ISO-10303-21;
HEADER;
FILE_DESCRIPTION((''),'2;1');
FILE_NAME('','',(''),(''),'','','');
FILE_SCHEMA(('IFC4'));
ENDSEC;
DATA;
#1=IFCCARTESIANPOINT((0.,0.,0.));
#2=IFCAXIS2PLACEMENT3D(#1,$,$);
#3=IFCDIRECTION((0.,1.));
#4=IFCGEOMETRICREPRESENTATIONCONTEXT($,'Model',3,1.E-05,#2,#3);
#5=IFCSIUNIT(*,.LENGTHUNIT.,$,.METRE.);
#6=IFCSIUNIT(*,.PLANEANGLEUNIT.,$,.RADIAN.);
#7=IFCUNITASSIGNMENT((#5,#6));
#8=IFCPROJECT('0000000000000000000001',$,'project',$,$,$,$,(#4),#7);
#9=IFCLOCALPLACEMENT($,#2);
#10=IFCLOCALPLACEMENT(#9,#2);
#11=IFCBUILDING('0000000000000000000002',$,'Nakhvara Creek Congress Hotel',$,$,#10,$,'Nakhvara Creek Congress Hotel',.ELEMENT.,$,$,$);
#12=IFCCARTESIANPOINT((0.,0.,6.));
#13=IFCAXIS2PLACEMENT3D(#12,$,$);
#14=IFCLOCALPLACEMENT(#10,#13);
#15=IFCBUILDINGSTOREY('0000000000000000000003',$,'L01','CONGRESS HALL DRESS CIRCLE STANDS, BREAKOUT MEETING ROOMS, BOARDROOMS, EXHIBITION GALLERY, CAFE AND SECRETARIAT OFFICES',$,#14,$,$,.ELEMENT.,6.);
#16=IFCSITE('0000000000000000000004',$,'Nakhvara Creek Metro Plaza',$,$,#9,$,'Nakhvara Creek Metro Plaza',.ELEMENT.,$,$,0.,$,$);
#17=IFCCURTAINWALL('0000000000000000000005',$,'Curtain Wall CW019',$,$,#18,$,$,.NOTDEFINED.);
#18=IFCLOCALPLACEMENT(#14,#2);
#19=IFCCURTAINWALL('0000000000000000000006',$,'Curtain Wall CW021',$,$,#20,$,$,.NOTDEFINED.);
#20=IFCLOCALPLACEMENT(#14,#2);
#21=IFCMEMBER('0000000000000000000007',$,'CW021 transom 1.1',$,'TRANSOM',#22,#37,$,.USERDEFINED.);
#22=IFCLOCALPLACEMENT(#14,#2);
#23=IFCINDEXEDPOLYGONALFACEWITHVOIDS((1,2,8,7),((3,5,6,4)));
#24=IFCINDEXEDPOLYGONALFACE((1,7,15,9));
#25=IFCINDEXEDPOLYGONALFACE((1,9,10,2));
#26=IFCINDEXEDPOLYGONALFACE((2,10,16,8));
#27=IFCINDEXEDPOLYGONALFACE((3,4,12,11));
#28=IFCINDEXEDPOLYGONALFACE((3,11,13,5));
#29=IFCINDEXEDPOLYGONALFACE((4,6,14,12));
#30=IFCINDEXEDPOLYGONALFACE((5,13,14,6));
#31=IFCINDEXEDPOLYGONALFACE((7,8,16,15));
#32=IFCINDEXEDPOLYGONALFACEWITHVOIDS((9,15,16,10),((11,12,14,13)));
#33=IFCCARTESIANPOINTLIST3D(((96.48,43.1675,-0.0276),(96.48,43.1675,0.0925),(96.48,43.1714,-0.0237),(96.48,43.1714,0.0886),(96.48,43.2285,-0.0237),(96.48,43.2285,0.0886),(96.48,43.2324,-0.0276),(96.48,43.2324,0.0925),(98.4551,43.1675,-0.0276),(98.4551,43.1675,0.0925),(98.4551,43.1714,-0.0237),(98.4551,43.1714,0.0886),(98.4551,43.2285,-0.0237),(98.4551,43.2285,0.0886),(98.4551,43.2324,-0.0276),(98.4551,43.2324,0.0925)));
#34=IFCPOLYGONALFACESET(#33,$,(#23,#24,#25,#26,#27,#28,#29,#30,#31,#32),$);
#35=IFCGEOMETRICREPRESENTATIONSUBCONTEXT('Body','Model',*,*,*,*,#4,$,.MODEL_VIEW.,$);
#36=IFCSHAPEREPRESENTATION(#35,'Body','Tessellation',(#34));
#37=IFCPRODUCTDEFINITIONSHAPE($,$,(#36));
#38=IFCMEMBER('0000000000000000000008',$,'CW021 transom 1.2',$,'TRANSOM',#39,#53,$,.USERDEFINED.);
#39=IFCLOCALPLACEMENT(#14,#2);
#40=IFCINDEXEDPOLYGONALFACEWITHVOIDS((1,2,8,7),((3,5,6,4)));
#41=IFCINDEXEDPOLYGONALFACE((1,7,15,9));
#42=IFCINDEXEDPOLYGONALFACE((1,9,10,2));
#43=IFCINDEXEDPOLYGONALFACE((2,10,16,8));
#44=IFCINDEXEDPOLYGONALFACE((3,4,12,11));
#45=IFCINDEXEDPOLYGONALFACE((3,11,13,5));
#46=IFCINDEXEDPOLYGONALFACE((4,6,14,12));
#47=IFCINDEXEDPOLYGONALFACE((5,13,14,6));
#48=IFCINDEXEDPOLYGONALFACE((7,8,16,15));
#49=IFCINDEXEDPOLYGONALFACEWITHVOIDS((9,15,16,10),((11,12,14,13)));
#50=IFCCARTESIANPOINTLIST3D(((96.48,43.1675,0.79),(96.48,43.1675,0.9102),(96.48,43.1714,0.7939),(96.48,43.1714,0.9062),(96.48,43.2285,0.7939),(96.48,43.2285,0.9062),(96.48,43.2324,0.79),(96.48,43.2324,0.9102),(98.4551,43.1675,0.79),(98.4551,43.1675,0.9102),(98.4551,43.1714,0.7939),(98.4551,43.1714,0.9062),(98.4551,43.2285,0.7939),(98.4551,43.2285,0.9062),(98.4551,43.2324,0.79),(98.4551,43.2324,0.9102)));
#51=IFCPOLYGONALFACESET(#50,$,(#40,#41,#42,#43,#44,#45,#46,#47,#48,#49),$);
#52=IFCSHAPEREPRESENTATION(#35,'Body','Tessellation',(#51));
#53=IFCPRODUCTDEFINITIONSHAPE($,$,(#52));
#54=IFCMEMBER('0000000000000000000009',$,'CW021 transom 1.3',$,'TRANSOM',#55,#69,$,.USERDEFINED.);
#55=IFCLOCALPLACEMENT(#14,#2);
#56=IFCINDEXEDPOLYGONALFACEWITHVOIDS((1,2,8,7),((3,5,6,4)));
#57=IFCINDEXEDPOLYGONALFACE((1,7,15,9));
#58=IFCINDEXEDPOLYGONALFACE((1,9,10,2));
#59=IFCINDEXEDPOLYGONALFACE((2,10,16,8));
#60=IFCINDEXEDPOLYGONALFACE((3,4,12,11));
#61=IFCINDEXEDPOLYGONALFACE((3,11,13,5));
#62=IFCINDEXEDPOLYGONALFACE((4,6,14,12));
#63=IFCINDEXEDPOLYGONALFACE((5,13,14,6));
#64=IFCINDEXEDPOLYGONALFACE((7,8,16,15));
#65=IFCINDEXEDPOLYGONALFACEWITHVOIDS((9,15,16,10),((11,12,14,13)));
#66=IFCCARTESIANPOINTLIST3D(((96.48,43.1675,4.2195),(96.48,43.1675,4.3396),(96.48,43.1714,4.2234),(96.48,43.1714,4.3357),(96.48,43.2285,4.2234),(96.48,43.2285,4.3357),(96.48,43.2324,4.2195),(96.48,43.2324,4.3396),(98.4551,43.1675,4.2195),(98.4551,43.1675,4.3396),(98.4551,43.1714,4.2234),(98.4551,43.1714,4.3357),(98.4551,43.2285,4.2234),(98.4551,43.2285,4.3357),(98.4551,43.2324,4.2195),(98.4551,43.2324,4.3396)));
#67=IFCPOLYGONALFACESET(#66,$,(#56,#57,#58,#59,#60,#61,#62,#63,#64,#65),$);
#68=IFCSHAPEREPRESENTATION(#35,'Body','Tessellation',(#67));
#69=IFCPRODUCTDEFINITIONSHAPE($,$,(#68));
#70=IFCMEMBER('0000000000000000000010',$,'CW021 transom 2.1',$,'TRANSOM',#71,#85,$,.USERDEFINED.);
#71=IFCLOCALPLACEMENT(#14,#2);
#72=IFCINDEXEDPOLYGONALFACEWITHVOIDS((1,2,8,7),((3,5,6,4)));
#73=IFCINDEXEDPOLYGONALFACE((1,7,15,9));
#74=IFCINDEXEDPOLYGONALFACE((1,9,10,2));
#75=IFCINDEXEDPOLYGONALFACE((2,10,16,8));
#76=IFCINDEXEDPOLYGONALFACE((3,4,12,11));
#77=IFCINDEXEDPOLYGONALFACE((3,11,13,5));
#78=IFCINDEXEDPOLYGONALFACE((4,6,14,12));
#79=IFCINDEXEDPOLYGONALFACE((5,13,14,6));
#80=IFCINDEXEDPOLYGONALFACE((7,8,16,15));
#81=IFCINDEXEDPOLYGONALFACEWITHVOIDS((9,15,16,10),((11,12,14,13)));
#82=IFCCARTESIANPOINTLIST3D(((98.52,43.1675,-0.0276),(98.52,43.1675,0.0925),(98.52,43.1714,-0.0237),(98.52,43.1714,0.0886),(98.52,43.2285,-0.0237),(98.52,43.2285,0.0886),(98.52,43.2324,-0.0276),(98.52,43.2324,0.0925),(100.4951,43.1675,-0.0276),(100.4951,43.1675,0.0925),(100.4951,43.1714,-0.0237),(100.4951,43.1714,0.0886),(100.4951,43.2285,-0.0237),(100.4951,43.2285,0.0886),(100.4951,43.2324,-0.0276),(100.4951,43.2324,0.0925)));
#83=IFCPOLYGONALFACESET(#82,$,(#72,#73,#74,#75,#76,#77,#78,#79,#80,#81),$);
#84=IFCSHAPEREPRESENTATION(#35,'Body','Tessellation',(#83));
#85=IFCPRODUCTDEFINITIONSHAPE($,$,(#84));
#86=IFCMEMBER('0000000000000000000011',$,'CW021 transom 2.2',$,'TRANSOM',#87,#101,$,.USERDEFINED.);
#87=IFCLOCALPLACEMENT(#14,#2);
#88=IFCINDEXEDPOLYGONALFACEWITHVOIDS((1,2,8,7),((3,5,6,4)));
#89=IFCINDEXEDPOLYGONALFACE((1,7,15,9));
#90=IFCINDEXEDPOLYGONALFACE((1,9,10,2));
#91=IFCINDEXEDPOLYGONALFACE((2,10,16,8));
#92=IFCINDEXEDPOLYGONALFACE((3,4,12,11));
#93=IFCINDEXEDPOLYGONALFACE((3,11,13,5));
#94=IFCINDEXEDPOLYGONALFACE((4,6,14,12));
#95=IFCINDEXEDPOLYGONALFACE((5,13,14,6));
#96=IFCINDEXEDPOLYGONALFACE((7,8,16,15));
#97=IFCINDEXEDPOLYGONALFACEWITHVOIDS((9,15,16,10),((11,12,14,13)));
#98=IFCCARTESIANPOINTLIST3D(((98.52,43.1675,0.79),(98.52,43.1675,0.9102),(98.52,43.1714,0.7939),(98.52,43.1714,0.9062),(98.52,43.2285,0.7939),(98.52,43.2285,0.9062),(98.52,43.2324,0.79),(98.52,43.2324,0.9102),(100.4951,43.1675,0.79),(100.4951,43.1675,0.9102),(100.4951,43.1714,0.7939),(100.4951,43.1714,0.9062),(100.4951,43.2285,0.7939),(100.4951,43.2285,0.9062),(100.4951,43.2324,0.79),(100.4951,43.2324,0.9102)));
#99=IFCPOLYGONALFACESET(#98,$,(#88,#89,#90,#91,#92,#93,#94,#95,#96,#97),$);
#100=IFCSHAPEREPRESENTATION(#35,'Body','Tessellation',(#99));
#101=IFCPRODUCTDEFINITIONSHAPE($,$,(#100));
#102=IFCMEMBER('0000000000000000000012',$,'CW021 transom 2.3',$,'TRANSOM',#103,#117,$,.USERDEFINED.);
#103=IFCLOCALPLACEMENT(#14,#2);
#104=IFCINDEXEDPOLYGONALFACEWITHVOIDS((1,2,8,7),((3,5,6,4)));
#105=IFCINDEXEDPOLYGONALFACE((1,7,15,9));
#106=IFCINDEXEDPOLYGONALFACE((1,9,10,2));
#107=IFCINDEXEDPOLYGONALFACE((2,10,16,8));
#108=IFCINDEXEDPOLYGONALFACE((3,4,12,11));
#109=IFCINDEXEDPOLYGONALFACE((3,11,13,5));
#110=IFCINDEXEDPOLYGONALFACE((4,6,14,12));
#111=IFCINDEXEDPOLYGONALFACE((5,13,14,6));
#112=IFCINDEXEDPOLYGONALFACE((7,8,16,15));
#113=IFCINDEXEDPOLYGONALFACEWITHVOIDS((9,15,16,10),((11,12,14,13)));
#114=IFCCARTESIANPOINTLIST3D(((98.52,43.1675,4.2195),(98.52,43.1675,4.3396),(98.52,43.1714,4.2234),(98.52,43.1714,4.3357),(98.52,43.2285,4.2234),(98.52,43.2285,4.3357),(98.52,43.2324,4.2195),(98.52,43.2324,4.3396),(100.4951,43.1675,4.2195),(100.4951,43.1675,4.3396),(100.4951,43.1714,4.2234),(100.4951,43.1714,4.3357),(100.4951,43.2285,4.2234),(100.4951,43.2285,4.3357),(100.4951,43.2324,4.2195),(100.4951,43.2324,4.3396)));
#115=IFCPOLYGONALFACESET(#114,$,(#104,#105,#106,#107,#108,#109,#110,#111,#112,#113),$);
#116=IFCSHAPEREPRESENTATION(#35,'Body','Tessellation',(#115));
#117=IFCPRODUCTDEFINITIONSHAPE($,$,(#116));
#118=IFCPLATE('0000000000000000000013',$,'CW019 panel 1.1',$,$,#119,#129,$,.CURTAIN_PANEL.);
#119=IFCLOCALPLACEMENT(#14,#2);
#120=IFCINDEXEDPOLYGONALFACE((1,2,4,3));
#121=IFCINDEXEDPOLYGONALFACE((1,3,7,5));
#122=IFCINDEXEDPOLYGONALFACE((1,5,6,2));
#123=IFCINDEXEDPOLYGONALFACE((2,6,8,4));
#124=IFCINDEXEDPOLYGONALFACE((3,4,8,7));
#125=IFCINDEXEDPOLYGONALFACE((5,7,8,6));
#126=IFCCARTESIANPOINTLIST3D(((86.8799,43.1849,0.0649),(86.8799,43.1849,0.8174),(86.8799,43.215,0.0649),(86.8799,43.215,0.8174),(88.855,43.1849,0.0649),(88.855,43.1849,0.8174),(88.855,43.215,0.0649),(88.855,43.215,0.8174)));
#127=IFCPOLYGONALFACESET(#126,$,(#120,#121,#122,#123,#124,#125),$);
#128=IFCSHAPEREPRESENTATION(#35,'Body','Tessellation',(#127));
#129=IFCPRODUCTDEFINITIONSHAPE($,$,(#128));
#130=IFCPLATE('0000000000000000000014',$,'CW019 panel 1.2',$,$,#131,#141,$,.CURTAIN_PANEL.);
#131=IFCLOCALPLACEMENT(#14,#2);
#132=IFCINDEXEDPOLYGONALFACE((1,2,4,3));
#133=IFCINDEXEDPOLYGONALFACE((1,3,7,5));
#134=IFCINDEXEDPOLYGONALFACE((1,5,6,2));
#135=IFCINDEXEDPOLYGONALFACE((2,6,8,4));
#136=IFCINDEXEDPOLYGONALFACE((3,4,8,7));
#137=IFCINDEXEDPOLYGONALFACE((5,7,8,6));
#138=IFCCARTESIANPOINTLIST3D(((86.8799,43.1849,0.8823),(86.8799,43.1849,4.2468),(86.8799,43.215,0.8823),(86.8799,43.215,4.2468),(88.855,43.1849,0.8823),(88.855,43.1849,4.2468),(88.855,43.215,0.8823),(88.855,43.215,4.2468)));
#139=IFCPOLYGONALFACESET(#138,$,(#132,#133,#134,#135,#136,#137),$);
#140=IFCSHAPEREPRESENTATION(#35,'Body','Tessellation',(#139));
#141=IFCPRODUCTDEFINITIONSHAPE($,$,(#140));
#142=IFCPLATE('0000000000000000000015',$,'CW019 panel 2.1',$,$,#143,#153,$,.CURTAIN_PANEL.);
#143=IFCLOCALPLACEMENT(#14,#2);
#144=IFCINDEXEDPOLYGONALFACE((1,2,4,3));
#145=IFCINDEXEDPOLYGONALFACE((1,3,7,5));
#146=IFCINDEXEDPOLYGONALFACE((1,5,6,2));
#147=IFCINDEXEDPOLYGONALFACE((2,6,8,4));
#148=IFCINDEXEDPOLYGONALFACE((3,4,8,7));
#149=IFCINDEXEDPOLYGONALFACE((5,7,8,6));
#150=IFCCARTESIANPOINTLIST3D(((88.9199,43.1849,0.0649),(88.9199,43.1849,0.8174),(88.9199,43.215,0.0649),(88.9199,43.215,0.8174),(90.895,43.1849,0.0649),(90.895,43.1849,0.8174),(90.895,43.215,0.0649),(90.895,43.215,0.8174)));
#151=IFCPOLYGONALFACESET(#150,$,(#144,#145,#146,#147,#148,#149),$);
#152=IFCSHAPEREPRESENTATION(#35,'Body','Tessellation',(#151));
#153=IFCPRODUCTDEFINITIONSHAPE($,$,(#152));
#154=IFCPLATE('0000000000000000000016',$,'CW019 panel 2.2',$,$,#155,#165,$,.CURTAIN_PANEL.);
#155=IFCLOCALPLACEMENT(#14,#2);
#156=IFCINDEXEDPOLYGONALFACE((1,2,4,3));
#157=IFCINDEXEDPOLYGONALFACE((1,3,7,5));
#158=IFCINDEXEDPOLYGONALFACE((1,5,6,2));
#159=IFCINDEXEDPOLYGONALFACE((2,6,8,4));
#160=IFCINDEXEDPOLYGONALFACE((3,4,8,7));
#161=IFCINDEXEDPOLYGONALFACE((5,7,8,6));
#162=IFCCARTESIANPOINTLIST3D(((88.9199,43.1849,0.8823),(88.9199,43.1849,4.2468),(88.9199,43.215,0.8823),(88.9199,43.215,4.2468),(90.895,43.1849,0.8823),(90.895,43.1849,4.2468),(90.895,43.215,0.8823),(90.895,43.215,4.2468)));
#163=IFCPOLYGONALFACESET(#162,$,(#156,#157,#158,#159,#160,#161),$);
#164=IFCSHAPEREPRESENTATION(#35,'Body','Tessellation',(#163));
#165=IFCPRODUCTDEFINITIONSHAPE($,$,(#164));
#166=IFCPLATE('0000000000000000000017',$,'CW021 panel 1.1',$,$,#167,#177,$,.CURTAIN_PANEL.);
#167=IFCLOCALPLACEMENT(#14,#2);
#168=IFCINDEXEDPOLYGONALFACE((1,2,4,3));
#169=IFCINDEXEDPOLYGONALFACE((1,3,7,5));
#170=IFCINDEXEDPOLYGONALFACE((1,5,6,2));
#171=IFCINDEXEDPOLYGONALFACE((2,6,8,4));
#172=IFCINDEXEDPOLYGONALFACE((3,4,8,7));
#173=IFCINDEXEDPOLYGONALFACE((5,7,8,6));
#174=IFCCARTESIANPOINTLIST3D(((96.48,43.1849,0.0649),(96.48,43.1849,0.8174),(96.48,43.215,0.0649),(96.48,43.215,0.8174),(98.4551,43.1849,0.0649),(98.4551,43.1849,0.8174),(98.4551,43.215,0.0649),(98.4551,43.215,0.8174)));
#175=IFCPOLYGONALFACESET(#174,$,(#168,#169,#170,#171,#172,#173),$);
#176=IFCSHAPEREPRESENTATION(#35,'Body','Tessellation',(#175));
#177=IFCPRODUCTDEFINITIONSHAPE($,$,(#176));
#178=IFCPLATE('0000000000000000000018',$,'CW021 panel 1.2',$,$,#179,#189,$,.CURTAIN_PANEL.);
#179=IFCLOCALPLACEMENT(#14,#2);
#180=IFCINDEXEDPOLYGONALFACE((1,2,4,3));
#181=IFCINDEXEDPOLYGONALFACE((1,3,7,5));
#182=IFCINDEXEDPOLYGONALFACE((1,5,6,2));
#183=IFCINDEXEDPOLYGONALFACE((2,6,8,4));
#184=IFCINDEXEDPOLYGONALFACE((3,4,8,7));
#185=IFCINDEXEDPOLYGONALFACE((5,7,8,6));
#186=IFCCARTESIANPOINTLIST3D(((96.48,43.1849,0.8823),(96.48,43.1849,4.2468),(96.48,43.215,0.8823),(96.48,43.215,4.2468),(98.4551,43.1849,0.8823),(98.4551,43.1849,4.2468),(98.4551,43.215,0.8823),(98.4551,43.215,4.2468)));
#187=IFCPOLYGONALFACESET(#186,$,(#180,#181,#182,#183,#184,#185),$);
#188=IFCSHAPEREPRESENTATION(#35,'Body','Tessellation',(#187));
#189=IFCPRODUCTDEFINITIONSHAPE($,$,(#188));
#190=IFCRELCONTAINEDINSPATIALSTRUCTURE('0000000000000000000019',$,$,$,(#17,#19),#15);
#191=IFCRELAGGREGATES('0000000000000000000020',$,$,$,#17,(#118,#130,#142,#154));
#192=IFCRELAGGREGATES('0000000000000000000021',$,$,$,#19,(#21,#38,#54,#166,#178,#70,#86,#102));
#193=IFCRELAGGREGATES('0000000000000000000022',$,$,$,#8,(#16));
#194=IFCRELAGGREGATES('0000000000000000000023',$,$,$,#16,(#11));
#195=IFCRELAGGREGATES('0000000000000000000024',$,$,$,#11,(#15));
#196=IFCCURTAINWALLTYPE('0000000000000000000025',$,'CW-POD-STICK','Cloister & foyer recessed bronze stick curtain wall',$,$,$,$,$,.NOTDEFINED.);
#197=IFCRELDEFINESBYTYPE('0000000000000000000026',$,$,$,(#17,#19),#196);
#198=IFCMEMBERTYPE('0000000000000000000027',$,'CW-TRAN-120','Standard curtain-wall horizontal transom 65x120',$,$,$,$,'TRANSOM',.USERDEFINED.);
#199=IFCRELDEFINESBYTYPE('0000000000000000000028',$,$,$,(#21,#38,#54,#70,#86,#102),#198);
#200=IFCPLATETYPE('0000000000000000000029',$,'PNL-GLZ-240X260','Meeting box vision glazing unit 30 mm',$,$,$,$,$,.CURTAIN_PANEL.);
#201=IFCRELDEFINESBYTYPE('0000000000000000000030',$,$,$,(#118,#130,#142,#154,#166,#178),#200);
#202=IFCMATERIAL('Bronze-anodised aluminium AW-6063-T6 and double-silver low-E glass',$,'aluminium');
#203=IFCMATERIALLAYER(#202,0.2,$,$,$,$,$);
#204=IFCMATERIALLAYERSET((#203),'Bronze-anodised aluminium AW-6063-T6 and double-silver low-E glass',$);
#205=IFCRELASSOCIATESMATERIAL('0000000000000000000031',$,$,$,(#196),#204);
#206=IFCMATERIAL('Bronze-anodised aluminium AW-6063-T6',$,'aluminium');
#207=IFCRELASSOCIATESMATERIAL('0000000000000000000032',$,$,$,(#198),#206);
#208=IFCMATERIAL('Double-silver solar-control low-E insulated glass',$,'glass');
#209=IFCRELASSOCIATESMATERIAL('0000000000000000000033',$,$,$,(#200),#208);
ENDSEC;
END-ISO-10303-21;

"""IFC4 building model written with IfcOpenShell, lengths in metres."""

from ifc_helpers import new_model, si_unit, direction, frame, origin, origin_2d, place, context, subcontext, project, spatial, rectangle, hollow_rectangle, extrude, material, layer, layer_set, material_profile, profile_set, type_object, element, aggregate, save


model = new_model("IFC4")

# Units and contexts
model_context = context("Model", 3, precision=1e-05, world=origin(), true_north=direction((0.0, 1.0)))
body_context = subcontext(model_context, "Body", "Model", "MODEL_VIEW")
ifc_project = project(units=[si_unit("LENGTHUNIT", "METRE"), si_unit("PLANEANGLEUNIT", "RADIAN")], contexts=[model_context])

# Site, building, storey
site_placement = place(None, origin())
site = spatial("IfcSite", under=ifc_project, at=site_placement, Name="Nakhvara Creek Metro Plaza", LongName="Nakhvara Creek Metro Plaza", CompositionType="ELEMENT", RefElevation=0.0)
building_placement = place(site_placement, origin())
building = spatial("IfcBuilding", under=site, at=building_placement, Name="Nakhvara Creek Congress Hotel", LongName="Nakhvara Creek Congress Hotel", CompositionType="ELEMENT")
storey_placement = place(building_placement, frame((0.0, 0.0, 6.0)))
storey = spatial("IfcBuildingStorey", under=building, at=storey_placement, Name="L01", Description="CONGRESS HALL DRESS CIRCLE STANDS, BREAKOUT MEETING ROOMS, BOARDROOMS, EXHIBITION GALLERY, CAFE AND SECRETARIAT OFFICES", CompositionType="ELEMENT", Elevation=6.0)

# Curtain walls
ifc_material_1 = material(Name="Bronze-anodised aluminium AW-6063-T6 and double-silver low-E glass", Category="aluminium")
ifc_layer = layer(ifc_material_1, 0.2)
ifc_layer_set = layer_set([ifc_layer], Name="Bronze-anodised aluminium AW-6063-T6 and double-silver low-E glass")
curtain_wall_type = type_object("IfcCurtainWallType", Name="CW-POD-STICK", Description="Cloister & foyer recessed bronze stick curtain wall", PredefinedType="NOTDEFINED", material=ifc_layer_set)
curtain_wall_1_placement = place(storey_placement, origin())
curtain_wall_1 = element("IfcCurtainWall", 1, at=curtain_wall_1_placement, inside=storey, type_object=curtain_wall_type, Name="Curtain Wall CW019", PredefinedType="NOTDEFINED")
ifc_material_2 = material(Name="Bronze-anodised aluminium AW-6063-T6", Category="aluminium")
curtain_wall_2_placement = place(storey_placement, origin())
curtain_wall_2 = element("IfcCurtainWall", 2, at=curtain_wall_2_placement, inside=storey, type_object=curtain_wall_type, Name="Curtain Wall CW021", PredefinedType="NOTDEFINED")

# Members
ifc_material_profile_1 = material_profile(ifc_material_2, hollow_rectangle(XDim=0.0649, YDim=0.1201, WallThickness=0.0039, at=origin_2d()), Name="ALU-TRAN 65x120x4", Category="LoadBearing")
ifc_profile_set_1 = profile_set([ifc_material_profile_1], Name="Bronze-anodised aluminium AW-6063-T6")
member_type_1 = type_object("IfcMemberType", Name="CW-TRAN-120", Description="Standard curtain-wall horizontal transom 65x120", ElementType="TRANSOM", PredefinedType="USERDEFINED", material=ifc_profile_set_1)
member_1_placement = place(storey_placement, frame((96.48, 43.2, 0.0325), z_axis=(1.0, 0.0, 0.0), x_axis=(0.0, 1.0, 0.0)))
member_1 = element("IfcMember", 3, at=member_1_placement, type_object=member_type_1, Name="CW021 transom 1.1", ObjectType="TRANSOM", PredefinedType="USERDEFINED", context=body_context, shape_type="SweptSolid", body=[
    extrude(hollow_rectangle(XDim=0.0649, YDim=0.1201, WallThickness=0.0039, at=origin_2d()), origin(), (0.0, 0.0, 1.0), 1.9751),
])
member_2_placement = place(storey_placement, frame((96.48, 43.2, 0.8501), z_axis=(1.0, 0.0, 0.0), x_axis=(0.0, 1.0, 0.0)))
member_2 = element("IfcMember", 4, at=member_2_placement, type_object=member_type_1, Name="CW021 transom 1.2", ObjectType="TRANSOM", PredefinedType="USERDEFINED", context=body_context, shape_type="SweptSolid", body=[
    extrude(hollow_rectangle(XDim=0.0649, YDim=0.1201, WallThickness=0.0039, at=origin_2d()), origin(), (0.0, 0.0, 1.0), 1.9751),
])
member_3_placement = place(storey_placement, frame((96.48, 43.2, 4.2795), z_axis=(1.0, 0.0, 0.0), x_axis=(0.0, 1.0, 0.0)))
member_3 = element("IfcMember", 5, at=member_3_placement, type_object=member_type_1, Name="CW021 transom 1.3", ObjectType="TRANSOM", PredefinedType="USERDEFINED", context=body_context, shape_type="SweptSolid", body=[
    extrude(hollow_rectangle(XDim=0.0649, YDim=0.1201, WallThickness=0.0039, at=origin_2d()), origin(), (0.0, 0.0, 1.0), 1.9751),
])
member_4_placement = place(storey_placement, frame((98.52, 43.2, 0.0325), z_axis=(1.0, 0.0, 0.0), x_axis=(0.0, 1.0, 0.0)))
member_4 = element("IfcMember", 6, at=member_4_placement, type_object=member_type_1, Name="CW021 transom 2.1", ObjectType="TRANSOM", PredefinedType="USERDEFINED", context=body_context, shape_type="SweptSolid", body=[
    extrude(hollow_rectangle(XDim=0.0649, YDim=0.1201, WallThickness=0.0039, at=origin_2d()), origin(), (0.0, 0.0, 1.0), 1.9751),
])
member_5_placement = place(storey_placement, frame((98.52, 43.2, 0.8501), z_axis=(1.0, 0.0, 0.0), x_axis=(0.0, 1.0, 0.0)))
member_5 = element("IfcMember", 7, at=member_5_placement, type_object=member_type_1, Name="CW021 transom 2.2", ObjectType="TRANSOM", PredefinedType="USERDEFINED", context=body_context, shape_type="SweptSolid", body=[
    extrude(hollow_rectangle(XDim=0.0649, YDim=0.1201, WallThickness=0.0039, at=origin_2d()), origin(), (0.0, 0.0, 1.0), 1.9751),
])
member_6_placement = place(storey_placement, frame((98.52, 43.2, 4.2795), z_axis=(1.0, 0.0, 0.0), x_axis=(0.0, 1.0, 0.0)))
member_6 = element("IfcMember", 8, at=member_6_placement, type_object=member_type_1, Name="CW021 transom 2.3", ObjectType="TRANSOM", PredefinedType="USERDEFINED", context=body_context, shape_type="SweptSolid", body=[
    extrude(hollow_rectangle(XDim=0.0649, YDim=0.1201, WallThickness=0.0039, at=origin_2d()), origin(), (0.0, 0.0, 1.0), 1.9751),
])

# Plates
ifc_material_3 = material(Name="Double-silver solar-control low-E insulated glass", Category="glass")
plate_type = type_object("IfcPlateType", Name="PNL-GLZ-240X260", Description="Meeting box vision glazing unit 30 mm", PredefinedType="CURTAIN_PANEL", material=ifc_material_3)
plate_1_placement = place(storey_placement, frame((87.8674, 43.2, 0.0649), z_axis=(0.0, 0.0, 1.0), x_axis=(1.0, 0.0, 0.0)))
plate_1 = element("IfcPlate", 9, at=plate_1_placement, type_object=plate_type, Name="CW019 panel 1.1", PredefinedType="CURTAIN_PANEL", context=body_context, shape_type="SweptSolid", body=[
    extrude(rectangle(XDim=1.9751, YDim=0.03, at=origin_2d()), origin(), (0.0, 0.0, 1.0), 0.7524),
])
plate_2_placement = place(storey_placement, frame((87.8674, 43.2, 0.8823), z_axis=(0.0, 0.0, 1.0), x_axis=(1.0, 0.0, 0.0)))
plate_2 = element("IfcPlate", 10, at=plate_2_placement, type_object=plate_type, Name="CW019 panel 1.2", PredefinedType="CURTAIN_PANEL", context=body_context, shape_type="SweptSolid", body=[
    extrude(rectangle(XDim=1.9751, YDim=0.03, at=origin_2d()), origin(), (0.0, 0.0, 1.0), 3.3645),
])
plate_3_placement = place(storey_placement, frame((89.9075, 43.2, 0.0649), z_axis=(0.0, 0.0, 1.0), x_axis=(1.0, 0.0, 0.0)))
plate_3 = element("IfcPlate", 11, at=plate_3_placement, type_object=plate_type, Name="CW019 panel 2.1", PredefinedType="CURTAIN_PANEL", context=body_context, shape_type="SweptSolid", body=[
    extrude(rectangle(XDim=1.9751, YDim=0.03, at=origin_2d()), origin(), (0.0, 0.0, 1.0), 0.7524),
])
plate_4_placement = place(storey_placement, frame((89.9075, 43.2, 0.8823), z_axis=(0.0, 0.0, 1.0), x_axis=(1.0, 0.0, 0.0)))
plate_4 = element("IfcPlate", 12, at=plate_4_placement, type_object=plate_type, Name="CW019 panel 2.2", PredefinedType="CURTAIN_PANEL", context=body_context, shape_type="SweptSolid", body=[
    extrude(rectangle(XDim=1.9751, YDim=0.03, at=origin_2d()), origin(), (0.0, 0.0, 1.0), 3.3645),
])
aggregate(curtain_wall_1, [plate_1, plate_2, plate_3, plate_4])
plate_5_placement = place(storey_placement, frame((97.4675, 43.2, 0.0649), z_axis=(0.0, 0.0, 1.0), x_axis=(1.0, 0.0, 0.0)))
plate_5 = element("IfcPlate", 13, at=plate_5_placement, type_object=plate_type, Name="CW021 panel 1.1", PredefinedType="CURTAIN_PANEL", context=body_context, shape_type="SweptSolid", body=[
    extrude(rectangle(XDim=1.9751, YDim=0.03, at=origin_2d()), origin(), (0.0, 0.0, 1.0), 0.7524),
])
plate_6_placement = place(storey_placement, frame((97.4675, 43.2, 0.8823), z_axis=(0.0, 0.0, 1.0), x_axis=(1.0, 0.0, 0.0)))
plate_6 = element("IfcPlate", 14, at=plate_6_placement, type_object=plate_type, Name="CW021 panel 1.2", PredefinedType="CURTAIN_PANEL", context=body_context, shape_type="SweptSolid", body=[
    extrude(rectangle(XDim=1.9751, YDim=0.03, at=origin_2d()), origin(), (0.0, 0.0, 1.0), 3.3645),
])
aggregate(curtain_wall_2, [member_1, member_2, member_3, plate_5, plate_6, member_4, member_5, member_6])

save(model, "model.ifc")
